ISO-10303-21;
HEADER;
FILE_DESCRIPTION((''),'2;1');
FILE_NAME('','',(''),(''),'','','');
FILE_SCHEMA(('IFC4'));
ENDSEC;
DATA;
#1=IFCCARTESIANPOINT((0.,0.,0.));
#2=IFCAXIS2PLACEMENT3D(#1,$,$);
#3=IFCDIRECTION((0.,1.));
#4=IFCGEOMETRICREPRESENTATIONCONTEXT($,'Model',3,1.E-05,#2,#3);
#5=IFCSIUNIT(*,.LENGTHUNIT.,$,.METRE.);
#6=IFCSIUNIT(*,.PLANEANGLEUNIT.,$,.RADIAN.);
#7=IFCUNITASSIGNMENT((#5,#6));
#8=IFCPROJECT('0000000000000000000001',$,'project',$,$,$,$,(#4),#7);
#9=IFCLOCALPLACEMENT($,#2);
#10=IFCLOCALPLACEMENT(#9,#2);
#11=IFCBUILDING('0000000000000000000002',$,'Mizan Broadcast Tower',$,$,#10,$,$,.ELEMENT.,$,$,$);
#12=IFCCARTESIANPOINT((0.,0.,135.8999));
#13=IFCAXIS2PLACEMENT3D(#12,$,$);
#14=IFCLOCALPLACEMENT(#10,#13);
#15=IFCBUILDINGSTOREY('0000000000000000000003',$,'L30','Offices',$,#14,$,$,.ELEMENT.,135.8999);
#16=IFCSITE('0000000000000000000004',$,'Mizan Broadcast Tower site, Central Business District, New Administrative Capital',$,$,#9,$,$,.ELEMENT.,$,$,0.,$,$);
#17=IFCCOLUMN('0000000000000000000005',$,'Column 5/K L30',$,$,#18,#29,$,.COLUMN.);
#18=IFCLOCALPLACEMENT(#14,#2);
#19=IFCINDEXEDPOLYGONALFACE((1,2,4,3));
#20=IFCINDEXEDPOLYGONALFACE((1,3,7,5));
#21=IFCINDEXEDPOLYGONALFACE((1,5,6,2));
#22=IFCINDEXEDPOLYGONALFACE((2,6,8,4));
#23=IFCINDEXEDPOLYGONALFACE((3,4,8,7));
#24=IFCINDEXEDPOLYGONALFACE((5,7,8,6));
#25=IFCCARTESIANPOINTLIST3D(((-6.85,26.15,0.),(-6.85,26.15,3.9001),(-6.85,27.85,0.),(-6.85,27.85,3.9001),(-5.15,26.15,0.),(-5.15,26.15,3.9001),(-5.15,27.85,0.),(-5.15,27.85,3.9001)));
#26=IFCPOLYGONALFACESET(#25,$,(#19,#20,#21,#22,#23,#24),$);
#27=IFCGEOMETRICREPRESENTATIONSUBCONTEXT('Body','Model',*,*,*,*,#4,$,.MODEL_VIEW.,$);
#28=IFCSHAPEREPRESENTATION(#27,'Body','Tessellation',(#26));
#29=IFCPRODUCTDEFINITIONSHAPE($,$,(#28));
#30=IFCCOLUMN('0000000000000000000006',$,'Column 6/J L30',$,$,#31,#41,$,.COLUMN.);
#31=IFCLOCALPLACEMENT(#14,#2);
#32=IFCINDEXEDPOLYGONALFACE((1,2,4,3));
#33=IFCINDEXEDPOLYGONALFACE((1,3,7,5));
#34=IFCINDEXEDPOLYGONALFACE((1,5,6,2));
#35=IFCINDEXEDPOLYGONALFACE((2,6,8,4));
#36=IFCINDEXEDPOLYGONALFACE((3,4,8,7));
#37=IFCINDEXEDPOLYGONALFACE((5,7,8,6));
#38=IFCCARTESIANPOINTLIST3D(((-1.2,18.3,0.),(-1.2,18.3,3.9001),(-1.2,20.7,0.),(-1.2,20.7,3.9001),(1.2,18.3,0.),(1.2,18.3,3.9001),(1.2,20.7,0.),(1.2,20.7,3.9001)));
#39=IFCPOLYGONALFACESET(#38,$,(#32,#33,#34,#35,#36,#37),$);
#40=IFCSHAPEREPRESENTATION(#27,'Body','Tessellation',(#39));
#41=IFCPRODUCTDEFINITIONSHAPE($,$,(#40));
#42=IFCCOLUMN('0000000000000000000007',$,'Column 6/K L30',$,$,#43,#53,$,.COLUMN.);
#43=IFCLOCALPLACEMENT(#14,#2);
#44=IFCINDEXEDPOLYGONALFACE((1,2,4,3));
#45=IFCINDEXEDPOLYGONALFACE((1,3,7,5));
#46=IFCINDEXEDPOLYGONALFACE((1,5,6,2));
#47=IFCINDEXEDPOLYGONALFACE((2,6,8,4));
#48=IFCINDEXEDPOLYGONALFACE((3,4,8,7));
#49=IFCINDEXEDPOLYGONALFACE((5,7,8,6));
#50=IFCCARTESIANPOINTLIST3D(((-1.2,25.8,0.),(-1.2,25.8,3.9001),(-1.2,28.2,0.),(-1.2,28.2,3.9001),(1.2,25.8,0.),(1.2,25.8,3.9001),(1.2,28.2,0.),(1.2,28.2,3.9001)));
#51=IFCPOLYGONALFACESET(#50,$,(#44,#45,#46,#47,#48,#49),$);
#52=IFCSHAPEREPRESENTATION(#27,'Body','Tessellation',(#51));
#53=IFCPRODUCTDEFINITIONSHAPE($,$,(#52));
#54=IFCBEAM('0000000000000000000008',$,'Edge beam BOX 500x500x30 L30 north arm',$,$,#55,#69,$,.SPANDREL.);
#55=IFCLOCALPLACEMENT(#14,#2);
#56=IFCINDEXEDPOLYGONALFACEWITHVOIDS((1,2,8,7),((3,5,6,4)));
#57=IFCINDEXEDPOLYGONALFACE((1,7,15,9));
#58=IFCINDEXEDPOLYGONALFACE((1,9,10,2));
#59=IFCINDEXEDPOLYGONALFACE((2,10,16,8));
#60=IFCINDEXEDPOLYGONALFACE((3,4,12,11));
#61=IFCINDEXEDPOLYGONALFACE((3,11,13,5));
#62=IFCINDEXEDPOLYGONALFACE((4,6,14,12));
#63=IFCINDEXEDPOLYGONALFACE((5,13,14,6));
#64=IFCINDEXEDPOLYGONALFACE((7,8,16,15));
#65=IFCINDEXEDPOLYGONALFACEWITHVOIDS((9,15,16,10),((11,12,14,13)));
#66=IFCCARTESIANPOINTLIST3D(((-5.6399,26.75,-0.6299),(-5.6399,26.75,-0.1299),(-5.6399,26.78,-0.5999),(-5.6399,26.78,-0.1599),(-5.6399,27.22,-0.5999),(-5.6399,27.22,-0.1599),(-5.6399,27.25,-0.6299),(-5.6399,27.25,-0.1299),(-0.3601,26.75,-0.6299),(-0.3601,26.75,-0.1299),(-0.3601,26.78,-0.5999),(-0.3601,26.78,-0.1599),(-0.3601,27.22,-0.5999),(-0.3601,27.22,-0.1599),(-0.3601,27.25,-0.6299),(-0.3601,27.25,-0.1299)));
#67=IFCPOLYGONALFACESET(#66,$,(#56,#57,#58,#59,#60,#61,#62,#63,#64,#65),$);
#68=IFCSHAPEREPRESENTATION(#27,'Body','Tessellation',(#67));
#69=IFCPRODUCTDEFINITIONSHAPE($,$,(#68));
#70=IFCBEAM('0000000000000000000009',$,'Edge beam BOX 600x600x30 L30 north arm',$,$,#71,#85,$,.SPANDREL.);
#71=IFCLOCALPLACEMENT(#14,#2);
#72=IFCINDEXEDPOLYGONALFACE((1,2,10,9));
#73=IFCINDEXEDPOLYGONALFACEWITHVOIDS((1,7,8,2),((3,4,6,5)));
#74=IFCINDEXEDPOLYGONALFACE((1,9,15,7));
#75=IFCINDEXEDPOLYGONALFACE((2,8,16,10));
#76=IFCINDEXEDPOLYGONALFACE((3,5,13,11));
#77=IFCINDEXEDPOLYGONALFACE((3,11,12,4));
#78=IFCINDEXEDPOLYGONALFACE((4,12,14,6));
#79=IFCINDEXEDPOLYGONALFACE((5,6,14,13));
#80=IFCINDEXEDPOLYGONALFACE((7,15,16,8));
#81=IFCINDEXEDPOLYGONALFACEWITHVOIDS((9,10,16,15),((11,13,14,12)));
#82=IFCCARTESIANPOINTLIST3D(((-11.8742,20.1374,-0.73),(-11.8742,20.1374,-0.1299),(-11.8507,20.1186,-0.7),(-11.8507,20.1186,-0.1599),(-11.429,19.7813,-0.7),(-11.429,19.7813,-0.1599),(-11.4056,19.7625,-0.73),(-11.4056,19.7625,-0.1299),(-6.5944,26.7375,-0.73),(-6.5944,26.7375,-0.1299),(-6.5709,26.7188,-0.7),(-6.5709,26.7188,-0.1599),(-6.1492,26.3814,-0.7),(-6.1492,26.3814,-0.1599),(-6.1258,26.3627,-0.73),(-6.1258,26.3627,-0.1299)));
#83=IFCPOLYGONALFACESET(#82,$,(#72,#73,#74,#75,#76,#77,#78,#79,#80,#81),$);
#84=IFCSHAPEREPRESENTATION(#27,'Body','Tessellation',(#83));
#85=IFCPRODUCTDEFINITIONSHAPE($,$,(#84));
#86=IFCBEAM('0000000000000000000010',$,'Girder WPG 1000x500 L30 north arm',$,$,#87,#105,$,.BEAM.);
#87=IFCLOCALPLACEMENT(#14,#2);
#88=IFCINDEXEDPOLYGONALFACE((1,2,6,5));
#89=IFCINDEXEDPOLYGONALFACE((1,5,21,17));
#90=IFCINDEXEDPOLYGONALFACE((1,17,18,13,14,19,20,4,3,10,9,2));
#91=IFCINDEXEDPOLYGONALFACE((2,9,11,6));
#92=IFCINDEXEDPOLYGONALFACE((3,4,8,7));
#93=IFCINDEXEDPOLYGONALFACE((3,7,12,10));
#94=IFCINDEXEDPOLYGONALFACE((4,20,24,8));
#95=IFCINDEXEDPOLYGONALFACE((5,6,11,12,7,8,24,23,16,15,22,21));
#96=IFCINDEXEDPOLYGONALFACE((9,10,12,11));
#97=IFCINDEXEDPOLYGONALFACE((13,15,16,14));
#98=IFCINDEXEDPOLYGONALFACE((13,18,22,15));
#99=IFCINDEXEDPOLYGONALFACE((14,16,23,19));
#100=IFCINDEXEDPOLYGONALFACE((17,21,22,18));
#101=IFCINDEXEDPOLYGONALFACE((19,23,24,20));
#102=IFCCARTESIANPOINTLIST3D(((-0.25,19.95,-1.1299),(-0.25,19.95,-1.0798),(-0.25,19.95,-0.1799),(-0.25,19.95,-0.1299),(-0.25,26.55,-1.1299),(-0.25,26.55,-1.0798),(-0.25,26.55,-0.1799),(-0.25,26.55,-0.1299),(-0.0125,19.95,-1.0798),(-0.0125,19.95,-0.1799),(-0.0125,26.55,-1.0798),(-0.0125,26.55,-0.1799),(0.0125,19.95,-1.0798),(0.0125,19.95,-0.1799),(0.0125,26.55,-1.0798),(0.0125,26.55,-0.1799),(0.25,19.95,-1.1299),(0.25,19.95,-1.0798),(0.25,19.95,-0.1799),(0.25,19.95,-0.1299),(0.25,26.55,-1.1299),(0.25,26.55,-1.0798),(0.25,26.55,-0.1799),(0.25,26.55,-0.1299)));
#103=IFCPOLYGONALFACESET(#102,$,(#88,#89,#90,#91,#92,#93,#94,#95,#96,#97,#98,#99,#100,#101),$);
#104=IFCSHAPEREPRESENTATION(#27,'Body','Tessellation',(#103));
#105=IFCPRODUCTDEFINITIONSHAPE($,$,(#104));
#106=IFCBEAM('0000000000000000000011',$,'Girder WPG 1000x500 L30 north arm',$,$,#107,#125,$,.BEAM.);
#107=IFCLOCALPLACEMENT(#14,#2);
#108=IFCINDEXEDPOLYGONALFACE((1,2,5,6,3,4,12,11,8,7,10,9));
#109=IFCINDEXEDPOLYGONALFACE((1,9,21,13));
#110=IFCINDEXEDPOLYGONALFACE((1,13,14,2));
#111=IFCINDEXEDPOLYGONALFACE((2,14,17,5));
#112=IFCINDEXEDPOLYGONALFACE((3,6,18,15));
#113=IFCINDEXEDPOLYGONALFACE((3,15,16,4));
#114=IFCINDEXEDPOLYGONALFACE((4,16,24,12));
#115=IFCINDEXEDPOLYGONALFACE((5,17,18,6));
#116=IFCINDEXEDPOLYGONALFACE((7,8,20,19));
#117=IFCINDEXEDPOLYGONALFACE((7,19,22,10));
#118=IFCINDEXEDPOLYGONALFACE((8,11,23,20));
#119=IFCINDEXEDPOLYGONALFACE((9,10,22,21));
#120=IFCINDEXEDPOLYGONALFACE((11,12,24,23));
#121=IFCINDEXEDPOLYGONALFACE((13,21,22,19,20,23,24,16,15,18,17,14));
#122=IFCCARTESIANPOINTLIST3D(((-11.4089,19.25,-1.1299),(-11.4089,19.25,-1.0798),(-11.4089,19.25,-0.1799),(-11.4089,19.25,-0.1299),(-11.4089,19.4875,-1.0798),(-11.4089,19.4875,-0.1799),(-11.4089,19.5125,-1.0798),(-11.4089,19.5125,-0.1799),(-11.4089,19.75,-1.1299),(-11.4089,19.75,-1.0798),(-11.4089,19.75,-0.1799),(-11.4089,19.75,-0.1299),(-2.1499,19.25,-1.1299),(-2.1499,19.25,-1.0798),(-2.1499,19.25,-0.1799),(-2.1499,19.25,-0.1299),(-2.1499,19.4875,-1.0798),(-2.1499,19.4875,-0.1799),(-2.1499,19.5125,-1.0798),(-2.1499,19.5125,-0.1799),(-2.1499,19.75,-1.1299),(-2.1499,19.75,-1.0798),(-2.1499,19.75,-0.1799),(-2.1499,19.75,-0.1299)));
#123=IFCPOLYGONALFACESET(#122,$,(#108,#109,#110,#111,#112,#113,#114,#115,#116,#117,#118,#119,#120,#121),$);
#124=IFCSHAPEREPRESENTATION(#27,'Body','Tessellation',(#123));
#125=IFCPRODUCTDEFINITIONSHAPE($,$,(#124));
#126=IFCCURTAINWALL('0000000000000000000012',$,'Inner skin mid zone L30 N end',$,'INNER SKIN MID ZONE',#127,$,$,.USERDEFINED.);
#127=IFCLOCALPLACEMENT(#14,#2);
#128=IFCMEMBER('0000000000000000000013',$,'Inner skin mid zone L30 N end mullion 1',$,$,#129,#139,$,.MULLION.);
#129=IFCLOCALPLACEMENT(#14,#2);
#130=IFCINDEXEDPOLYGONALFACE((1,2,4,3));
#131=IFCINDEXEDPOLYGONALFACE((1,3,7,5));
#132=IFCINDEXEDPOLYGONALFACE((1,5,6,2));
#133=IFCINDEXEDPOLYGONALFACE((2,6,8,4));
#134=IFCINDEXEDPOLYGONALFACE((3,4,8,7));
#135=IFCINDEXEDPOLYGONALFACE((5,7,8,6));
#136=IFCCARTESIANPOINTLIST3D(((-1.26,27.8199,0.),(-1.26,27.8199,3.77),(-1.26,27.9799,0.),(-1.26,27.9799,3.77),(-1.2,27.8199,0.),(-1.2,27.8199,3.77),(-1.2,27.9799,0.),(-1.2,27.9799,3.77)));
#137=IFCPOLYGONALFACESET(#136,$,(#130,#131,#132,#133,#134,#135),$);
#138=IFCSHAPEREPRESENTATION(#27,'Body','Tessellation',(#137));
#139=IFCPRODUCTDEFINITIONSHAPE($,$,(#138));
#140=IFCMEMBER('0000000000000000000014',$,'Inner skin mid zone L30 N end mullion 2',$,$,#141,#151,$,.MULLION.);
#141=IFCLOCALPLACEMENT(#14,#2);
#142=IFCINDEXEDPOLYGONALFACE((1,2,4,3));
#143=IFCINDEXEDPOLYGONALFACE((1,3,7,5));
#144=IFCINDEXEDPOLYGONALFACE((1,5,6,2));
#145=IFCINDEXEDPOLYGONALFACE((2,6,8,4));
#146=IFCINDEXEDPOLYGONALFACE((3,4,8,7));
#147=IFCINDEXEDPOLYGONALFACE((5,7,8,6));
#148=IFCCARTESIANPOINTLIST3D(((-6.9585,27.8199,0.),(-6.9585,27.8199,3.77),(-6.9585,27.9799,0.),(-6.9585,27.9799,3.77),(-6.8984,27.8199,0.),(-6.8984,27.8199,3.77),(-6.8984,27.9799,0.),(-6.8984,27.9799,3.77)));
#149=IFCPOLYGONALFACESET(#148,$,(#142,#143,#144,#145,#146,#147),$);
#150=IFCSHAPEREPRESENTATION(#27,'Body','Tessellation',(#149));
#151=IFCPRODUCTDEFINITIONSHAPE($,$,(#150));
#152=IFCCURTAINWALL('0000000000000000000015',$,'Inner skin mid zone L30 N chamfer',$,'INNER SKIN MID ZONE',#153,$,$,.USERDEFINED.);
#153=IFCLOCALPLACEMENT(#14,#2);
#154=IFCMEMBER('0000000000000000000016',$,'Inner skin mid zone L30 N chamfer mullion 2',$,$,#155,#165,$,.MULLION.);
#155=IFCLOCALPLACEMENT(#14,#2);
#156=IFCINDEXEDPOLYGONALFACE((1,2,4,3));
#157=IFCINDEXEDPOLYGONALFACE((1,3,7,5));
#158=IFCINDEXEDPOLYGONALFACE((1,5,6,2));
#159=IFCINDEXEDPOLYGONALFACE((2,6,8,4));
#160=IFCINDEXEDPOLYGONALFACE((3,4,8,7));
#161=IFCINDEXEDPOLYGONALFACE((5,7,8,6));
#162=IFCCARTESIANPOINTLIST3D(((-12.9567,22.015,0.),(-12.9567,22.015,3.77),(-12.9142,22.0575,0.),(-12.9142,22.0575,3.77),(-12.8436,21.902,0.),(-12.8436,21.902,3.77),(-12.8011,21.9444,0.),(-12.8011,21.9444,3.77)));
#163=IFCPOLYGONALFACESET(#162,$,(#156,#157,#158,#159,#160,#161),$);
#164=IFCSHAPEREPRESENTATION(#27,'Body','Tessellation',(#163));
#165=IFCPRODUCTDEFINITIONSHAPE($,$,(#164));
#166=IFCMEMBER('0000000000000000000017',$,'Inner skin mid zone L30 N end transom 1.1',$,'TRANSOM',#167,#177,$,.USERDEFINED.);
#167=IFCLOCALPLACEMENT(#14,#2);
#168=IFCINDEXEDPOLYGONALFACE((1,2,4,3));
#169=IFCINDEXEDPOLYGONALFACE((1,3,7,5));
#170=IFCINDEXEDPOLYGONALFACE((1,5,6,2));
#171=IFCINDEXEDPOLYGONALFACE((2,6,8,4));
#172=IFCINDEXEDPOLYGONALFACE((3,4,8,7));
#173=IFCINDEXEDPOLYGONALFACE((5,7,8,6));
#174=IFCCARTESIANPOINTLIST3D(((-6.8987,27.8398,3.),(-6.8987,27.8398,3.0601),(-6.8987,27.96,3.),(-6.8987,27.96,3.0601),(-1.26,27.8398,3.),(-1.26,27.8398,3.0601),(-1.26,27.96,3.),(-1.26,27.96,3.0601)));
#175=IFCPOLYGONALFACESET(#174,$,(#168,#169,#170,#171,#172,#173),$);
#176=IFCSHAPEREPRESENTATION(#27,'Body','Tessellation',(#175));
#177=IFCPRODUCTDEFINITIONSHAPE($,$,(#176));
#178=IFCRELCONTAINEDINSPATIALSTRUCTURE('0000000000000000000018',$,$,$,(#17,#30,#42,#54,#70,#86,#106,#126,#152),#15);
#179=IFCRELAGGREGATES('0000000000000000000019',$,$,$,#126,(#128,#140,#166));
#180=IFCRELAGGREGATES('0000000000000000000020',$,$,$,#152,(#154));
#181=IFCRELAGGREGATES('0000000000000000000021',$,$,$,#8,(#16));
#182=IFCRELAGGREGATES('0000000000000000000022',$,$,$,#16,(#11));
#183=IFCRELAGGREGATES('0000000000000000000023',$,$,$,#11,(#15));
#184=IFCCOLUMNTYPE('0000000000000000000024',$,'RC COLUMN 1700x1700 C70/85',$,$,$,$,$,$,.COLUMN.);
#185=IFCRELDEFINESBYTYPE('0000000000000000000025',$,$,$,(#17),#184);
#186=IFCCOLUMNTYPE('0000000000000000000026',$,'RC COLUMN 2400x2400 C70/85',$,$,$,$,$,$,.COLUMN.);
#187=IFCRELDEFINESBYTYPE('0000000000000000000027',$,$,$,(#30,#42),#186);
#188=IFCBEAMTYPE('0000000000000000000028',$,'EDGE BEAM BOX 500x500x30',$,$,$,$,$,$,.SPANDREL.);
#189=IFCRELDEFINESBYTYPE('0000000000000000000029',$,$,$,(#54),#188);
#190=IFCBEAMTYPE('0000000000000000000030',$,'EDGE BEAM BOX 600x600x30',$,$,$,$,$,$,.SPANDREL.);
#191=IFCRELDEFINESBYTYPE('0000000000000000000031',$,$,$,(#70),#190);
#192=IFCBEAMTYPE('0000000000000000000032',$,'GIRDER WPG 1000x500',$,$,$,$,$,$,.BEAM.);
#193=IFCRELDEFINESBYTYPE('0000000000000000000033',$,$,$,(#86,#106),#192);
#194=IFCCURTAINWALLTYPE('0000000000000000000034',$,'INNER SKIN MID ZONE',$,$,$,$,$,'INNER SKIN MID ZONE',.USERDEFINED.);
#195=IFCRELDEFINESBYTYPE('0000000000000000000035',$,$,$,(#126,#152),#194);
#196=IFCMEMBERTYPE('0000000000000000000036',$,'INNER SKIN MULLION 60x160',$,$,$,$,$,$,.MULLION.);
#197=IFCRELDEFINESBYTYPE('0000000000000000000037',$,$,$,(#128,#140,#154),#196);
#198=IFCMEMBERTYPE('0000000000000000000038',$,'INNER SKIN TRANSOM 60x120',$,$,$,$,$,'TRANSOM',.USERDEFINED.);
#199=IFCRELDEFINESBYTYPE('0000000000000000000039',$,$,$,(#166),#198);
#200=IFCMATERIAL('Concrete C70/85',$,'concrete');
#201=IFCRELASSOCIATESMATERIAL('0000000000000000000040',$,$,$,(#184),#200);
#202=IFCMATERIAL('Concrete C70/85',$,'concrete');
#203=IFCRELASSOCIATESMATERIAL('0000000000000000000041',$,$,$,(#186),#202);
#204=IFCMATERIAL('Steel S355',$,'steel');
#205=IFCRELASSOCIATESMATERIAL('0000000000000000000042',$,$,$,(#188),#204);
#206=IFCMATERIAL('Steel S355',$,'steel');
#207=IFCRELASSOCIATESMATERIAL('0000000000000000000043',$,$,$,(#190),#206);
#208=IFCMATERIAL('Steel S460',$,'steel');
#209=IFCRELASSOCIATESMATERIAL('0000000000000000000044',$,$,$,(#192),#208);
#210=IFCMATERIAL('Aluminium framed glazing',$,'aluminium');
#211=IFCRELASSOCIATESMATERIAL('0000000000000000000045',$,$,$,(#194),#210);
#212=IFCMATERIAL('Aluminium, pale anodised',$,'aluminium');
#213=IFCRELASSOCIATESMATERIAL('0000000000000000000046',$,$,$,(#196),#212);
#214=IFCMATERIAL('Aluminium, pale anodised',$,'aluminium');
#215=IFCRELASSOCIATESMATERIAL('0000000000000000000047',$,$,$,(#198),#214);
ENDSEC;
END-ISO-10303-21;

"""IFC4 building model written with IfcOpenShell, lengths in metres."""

from ifc_helpers import new_model, si_unit, direction, frame, origin, origin_2d, place, context, subcontext, project, spatial, rectangle, hollow_rectangle, i_section, extrude, material, material_profile, profile_set, type_object, element, aggregate, save


model = new_model("IFC4")

# Units and contexts
model_context = context("Model", 3, precision=1e-05, world=origin(), true_north=direction((0.0, 1.0)))
body_context = subcontext(model_context, "Body", "Model", "MODEL_VIEW")
ifc_project = project(units=[si_unit("LENGTHUNIT", "METRE"), si_unit("PLANEANGLEUNIT", "RADIAN")], contexts=[model_context])

# Site, building, storey
site_placement = place(None, origin())
site = spatial("IfcSite", under=ifc_project, at=site_placement, Name="Mizan Broadcast Tower site, Central Business District, New Administrative Capital", CompositionType="ELEMENT", RefElevation=0.0)
building_placement = place(site_placement, origin())
building = spatial("IfcBuilding", under=site, at=building_placement, Name="Mizan Broadcast Tower", CompositionType="ELEMENT")
storey_placement = place(building_placement, frame((0.0, 0.0, 135.8999)))
storey = spatial("IfcBuildingStorey", under=building, at=storey_placement, Name="L30", Description="Offices", CompositionType="ELEMENT", Elevation=135.8999)

# Columns
ifc_material_1 = material(Name="Concrete C70/85", Category="concrete")
ifc_material_profile_1 = material_profile(ifc_material_1, rectangle(XDim=1.7, YDim=1.7, at=origin_2d()), Name="RC 1700x1700")
ifc_profile_set_1 = profile_set([ifc_material_profile_1], Name="Concrete C70/85")
column_type_1 = type_object("IfcColumnType", Name="RC COLUMN 1700x1700 C70/85", PredefinedType="COLUMN", material=ifc_profile_set_1)
column_placement = place(storey_placement, frame((-6.0, 27.0, 0.0), z_axis=(0.0, 0.0, 1.0), x_axis=(1.0, 0.0, 0.0)))
element("IfcColumn", 1, at=column_placement, inside=storey, type_object=column_type_1, Name="Column 5/K L30", PredefinedType="COLUMN", context=body_context, shape_type="SweptSolid", body=[
    extrude(rectangle(XDim=1.7, YDim=1.7, at=origin_2d()), origin(), (0.0, 0.0, 1.0), 3.9001),
])
ifc_material_2 = material(Name="Concrete C70/85", Category="concrete")
ifc_material_profile_2 = material_profile(ifc_material_2, rectangle(XDim=2.3999, YDim=2.3999, at=origin_2d()), Name="RC 2400x2400")
ifc_profile_set_2 = profile_set([ifc_material_profile_2], Name="Concrete C70/85")
column_type_2 = type_object("IfcColumnType", Name="RC COLUMN 2400x2400 C70/85", PredefinedType="COLUMN", material=ifc_profile_set_2)
for number, where, z_axis, x_axis, name in (
    (2, (0.0, 19.5, 0.0), (0.0, 0.0, 1.0), (1.0, 0.0, 0.0), "Column 6/J L30"),
    (3, (0.0, 27.0, 0.0), (0.0, 0.0, 1.0), (1.0, 0.0, 0.0), "Column 6/K L30"),
):
    element("IfcColumn", number, at=place(storey_placement, frame(where, z_axis=z_axis, x_axis=x_axis)), inside=storey, type_object=column_type_2, Name=name, PredefinedType="COLUMN", context=body_context, shape_type="SweptSolid", body=[
        extrude(rectangle(XDim=2.3999, YDim=2.3999, at=origin_2d()), origin(), (0.0, 0.0, 1.0), 3.9001),
    ])

# Beams
ifc_material_3 = material(Name="Steel S355", Category="steel")
ifc_material_profile_3 = material_profile(ifc_material_3, hollow_rectangle(XDim=0.5, YDim=0.5, WallThickness=0.03, at=origin_2d()), Name="BOX 500x500x30")
ifc_profile_set_3 = profile_set([ifc_material_profile_3], Name="Steel S355")
beam_type_1 = type_object("IfcBeamType", Name="EDGE BEAM BOX 500x500x30", PredefinedType="SPANDREL", material=ifc_profile_set_3)
beam_1_placement = place(storey_placement, frame((-5.6399, 27.0, -0.3799), z_axis=(1.0, 0.0, 0.0), x_axis=(0.0, 1.0, 0.0)))
element("IfcBeam", 4, at=beam_1_placement, inside=storey, type_object=beam_type_1, Name="Edge beam BOX 500x500x30 L30 north arm", PredefinedType="SPANDREL", context=body_context, shape_type="SweptSolid", body=[
    extrude(hollow_rectangle(XDim=0.5, YDim=0.5, WallThickness=0.03, at=origin_2d()), origin(), (0.0, 0.0, 1.0), 5.2798),
])
ifc_material_4 = material(Name="Steel S355", Category="steel")
ifc_material_profile_4 = material_profile(ifc_material_4, hollow_rectangle(XDim=0.6001, YDim=0.6001, WallThickness=0.03, at=origin_2d()), Name="BOX 600x600x30")
ifc_profile_set_4 = profile_set([ifc_material_profile_4], Name="Steel S355")
beam_type_2 = type_object("IfcBeamType", Name="EDGE BEAM BOX 600x600x30", PredefinedType="SPANDREL", material=ifc_profile_set_4)
beam_2_placement = place(storey_placement, frame((-11.6399, 19.95, -0.4299), z_axis=(0.624674, 0.780886, 0.0), x_axis=(-0.780886, 0.624674, 0.0)))
element("IfcBeam", 5, at=beam_2_placement, inside=storey, type_object=beam_type_2, Name="Edge beam BOX 600x600x30 L30 north arm", PredefinedType="SPANDREL", context=body_context, shape_type="SweptSolid", body=[
    extrude(hollow_rectangle(XDim=0.6001, YDim=0.6001, WallThickness=0.03, at=origin_2d()), origin(), (0.0, 0.0, 1.0), 8.4521),
])
ifc_material_5 = material(Name="Steel S460", Category="steel")
ifc_material_profile_5 = material_profile(ifc_material_5, i_section(OverallWidth=0.5, OverallDepth=1.0, WebThickness=0.0249, FlangeThickness=0.05, at=origin_2d()), Name="WPG 1000x500")
ifc_profile_set_5 = profile_set([ifc_material_profile_5], Name="Steel S460")
beam_type_3 = type_object("IfcBeamType", Name="GIRDER WPG 1000x500", PredefinedType="BEAM", material=ifc_profile_set_5)
beam_3_placement = place(storey_placement, frame((0.0, 19.95, -0.6299), z_axis=(0.0, 1.0, 0.0), x_axis=(-1.0, 0.0, 0.0)))
element("IfcBeam", 6, at=beam_3_placement, inside=storey, type_object=beam_type_3, Name="Girder WPG 1000x500 L30 north arm", PredefinedType="BEAM", context=body_context, shape_type="SweptSolid", body=[
    extrude(i_section(OverallWidth=0.5, OverallDepth=1.0, WebThickness=0.0249, FlangeThickness=0.05, at=origin_2d()), origin(), (0.0, 0.0, 1.0), 6.6001),
])
beam_4_placement = place(storey_placement, frame((-11.4089, 19.5, -0.6299), z_axis=(1.0, 0.0, 0.0), x_axis=(0.0, 1.0, 0.0)))
element("IfcBeam", 7, at=beam_4_placement, inside=storey, type_object=beam_type_3, Name="Girder WPG 1000x500 L30 north arm", PredefinedType="BEAM", context=body_context, shape_type="SweptSolid", body=[
    extrude(i_section(OverallWidth=0.5, OverallDepth=1.0, WebThickness=0.0249, FlangeThickness=0.05, at=origin_2d()), origin(), (0.0, 0.0, 1.0), 9.259),
])

# Curtain wall, members
ifc_material_6 = material(Name="Aluminium framed glazing", Category="aluminium")
curtain_wall_type_1 = type_object("IfcCurtainWallType", Name="INNER SKIN MID ZONE", ElementType="INNER SKIN MID ZONE", PredefinedType="USERDEFINED", material=ifc_material_6)
curtain_wall_1_placement = place(storey_placement, origin())
curtain_wall_1 = element("IfcCurtainWall", 8, at=curtain_wall_1_placement, inside=storey, type_object=curtain_wall_type_1, Name="Inner skin mid zone L30 N end", ObjectType="INNER SKIN MID ZONE", PredefinedType="USERDEFINED")
ifc_material_7 = material(Name="Aluminium, pale anodised", Category="aluminium")
ifc_material_profile_6 = material_profile(ifc_material_7, rectangle(XDim=0.1599, YDim=0.0601, at=origin_2d()), Name="MULLION 160x60")
ifc_profile_set_6 = profile_set([ifc_material_profile_6], Name="Aluminium, pale anodised")
member_type_1 = type_object("IfcMemberType", Name="INNER SKIN MULLION 60x160", PredefinedType="MULLION", material=ifc_profile_set_6)
member_1_placement = place(storey_placement, frame((-1.23, 27.8999, 0.0), z_axis=(0.0, 0.0, 1.0), x_axis=(0.0, -1.0, 0.0)))
member_1 = element("IfcMember", 9, at=member_1_placement, type_object=member_type_1, Name="Inner skin mid zone L30 N end mullion 1", PredefinedType="MULLION", context=body_context, shape_type="SweptSolid", body=[
    extrude(rectangle(XDim=0.1599, YDim=0.0601, at=origin_2d()), origin(), (0.0, 0.0, 1.0), 3.77),
])
member_2_placement = place(storey_placement, frame((-6.9285, 27.8999, 0.0), z_axis=(0.0, 0.0, 1.0), x_axis=(0.0, -1.0, 0.0)))
member_2 = element("IfcMember", 10, at=member_2_placement, type_object=member_type_1, Name="Inner skin mid zone L30 N end mullion 2", PredefinedType="MULLION", context=body_context, shape_type="SweptSolid", body=[
    extrude(rectangle(XDim=0.1599, YDim=0.0601, at=origin_2d()), origin(), (0.0, 0.0, 1.0), 3.77),
])

# Curtain wall, member
curtain_wall_2_placement = place(storey_placement, origin())
curtain_wall_2 = element("IfcCurtainWall", 11, at=curtain_wall_2_placement, inside=storey, type_object=curtain_wall_type_1, Name="Inner skin mid zone L30 N chamfer", ObjectType="INNER SKIN MID ZONE", PredefinedType="USERDEFINED")
member_3_placement = place(storey_placement, frame((-12.8789, 21.9797, 0.0), z_axis=(0.0, 0.0, 1.0), x_axis=(0.707107, -0.707107, 0.0)))
member_3 = element("IfcMember", 12, at=member_3_placement, type_object=member_type_1, Name="Inner skin mid zone L30 N chamfer mullion 2", PredefinedType="MULLION", context=body_context, shape_type="SweptSolid", body=[
    extrude(rectangle(XDim=0.1599, YDim=0.0601, at=origin_2d()), origin(), (0.0, 0.0, 1.0), 3.77),
])

# Member
ifc_material_8 = material(Name="Aluminium, pale anodised", Category="aluminium")
ifc_material_profile_7 = material_profile(ifc_material_8, rectangle(XDim=0.1201, YDim=0.0601, at=origin_2d()), Name="TRANSOM 120x60")
ifc_profile_set_7 = profile_set([ifc_material_profile_7], Name="Aluminium, pale anodised")
member_type_2 = type_object("IfcMemberType", Name="INNER SKIN TRANSOM 60x120", ElementType="TRANSOM", PredefinedType="USERDEFINED", material=ifc_profile_set_7)
member_4_placement = place(storey_placement, frame((-1.26, 27.8999, 3.03), z_axis=(-1.0, 0.0, 0.0), x_axis=(0.0, -1.0, 0.0)))
member_4 = element("IfcMember", 13, at=member_4_placement, type_object=member_type_2, Name="Inner skin mid zone L30 N end transom 1.1", ObjectType="TRANSOM", PredefinedType="USERDEFINED", context=body_context, shape_type="SweptSolid", body=[
    extrude(rectangle(XDim=0.1201, YDim=0.0601, at=origin_2d()), origin(), (0.0, 0.0, 1.0), 5.6387),
])

aggregate(curtain_wall_1, [member_1, member_2, member_4])
aggregate(curtain_wall_2, [member_3])

save(model, "model.ifc")
